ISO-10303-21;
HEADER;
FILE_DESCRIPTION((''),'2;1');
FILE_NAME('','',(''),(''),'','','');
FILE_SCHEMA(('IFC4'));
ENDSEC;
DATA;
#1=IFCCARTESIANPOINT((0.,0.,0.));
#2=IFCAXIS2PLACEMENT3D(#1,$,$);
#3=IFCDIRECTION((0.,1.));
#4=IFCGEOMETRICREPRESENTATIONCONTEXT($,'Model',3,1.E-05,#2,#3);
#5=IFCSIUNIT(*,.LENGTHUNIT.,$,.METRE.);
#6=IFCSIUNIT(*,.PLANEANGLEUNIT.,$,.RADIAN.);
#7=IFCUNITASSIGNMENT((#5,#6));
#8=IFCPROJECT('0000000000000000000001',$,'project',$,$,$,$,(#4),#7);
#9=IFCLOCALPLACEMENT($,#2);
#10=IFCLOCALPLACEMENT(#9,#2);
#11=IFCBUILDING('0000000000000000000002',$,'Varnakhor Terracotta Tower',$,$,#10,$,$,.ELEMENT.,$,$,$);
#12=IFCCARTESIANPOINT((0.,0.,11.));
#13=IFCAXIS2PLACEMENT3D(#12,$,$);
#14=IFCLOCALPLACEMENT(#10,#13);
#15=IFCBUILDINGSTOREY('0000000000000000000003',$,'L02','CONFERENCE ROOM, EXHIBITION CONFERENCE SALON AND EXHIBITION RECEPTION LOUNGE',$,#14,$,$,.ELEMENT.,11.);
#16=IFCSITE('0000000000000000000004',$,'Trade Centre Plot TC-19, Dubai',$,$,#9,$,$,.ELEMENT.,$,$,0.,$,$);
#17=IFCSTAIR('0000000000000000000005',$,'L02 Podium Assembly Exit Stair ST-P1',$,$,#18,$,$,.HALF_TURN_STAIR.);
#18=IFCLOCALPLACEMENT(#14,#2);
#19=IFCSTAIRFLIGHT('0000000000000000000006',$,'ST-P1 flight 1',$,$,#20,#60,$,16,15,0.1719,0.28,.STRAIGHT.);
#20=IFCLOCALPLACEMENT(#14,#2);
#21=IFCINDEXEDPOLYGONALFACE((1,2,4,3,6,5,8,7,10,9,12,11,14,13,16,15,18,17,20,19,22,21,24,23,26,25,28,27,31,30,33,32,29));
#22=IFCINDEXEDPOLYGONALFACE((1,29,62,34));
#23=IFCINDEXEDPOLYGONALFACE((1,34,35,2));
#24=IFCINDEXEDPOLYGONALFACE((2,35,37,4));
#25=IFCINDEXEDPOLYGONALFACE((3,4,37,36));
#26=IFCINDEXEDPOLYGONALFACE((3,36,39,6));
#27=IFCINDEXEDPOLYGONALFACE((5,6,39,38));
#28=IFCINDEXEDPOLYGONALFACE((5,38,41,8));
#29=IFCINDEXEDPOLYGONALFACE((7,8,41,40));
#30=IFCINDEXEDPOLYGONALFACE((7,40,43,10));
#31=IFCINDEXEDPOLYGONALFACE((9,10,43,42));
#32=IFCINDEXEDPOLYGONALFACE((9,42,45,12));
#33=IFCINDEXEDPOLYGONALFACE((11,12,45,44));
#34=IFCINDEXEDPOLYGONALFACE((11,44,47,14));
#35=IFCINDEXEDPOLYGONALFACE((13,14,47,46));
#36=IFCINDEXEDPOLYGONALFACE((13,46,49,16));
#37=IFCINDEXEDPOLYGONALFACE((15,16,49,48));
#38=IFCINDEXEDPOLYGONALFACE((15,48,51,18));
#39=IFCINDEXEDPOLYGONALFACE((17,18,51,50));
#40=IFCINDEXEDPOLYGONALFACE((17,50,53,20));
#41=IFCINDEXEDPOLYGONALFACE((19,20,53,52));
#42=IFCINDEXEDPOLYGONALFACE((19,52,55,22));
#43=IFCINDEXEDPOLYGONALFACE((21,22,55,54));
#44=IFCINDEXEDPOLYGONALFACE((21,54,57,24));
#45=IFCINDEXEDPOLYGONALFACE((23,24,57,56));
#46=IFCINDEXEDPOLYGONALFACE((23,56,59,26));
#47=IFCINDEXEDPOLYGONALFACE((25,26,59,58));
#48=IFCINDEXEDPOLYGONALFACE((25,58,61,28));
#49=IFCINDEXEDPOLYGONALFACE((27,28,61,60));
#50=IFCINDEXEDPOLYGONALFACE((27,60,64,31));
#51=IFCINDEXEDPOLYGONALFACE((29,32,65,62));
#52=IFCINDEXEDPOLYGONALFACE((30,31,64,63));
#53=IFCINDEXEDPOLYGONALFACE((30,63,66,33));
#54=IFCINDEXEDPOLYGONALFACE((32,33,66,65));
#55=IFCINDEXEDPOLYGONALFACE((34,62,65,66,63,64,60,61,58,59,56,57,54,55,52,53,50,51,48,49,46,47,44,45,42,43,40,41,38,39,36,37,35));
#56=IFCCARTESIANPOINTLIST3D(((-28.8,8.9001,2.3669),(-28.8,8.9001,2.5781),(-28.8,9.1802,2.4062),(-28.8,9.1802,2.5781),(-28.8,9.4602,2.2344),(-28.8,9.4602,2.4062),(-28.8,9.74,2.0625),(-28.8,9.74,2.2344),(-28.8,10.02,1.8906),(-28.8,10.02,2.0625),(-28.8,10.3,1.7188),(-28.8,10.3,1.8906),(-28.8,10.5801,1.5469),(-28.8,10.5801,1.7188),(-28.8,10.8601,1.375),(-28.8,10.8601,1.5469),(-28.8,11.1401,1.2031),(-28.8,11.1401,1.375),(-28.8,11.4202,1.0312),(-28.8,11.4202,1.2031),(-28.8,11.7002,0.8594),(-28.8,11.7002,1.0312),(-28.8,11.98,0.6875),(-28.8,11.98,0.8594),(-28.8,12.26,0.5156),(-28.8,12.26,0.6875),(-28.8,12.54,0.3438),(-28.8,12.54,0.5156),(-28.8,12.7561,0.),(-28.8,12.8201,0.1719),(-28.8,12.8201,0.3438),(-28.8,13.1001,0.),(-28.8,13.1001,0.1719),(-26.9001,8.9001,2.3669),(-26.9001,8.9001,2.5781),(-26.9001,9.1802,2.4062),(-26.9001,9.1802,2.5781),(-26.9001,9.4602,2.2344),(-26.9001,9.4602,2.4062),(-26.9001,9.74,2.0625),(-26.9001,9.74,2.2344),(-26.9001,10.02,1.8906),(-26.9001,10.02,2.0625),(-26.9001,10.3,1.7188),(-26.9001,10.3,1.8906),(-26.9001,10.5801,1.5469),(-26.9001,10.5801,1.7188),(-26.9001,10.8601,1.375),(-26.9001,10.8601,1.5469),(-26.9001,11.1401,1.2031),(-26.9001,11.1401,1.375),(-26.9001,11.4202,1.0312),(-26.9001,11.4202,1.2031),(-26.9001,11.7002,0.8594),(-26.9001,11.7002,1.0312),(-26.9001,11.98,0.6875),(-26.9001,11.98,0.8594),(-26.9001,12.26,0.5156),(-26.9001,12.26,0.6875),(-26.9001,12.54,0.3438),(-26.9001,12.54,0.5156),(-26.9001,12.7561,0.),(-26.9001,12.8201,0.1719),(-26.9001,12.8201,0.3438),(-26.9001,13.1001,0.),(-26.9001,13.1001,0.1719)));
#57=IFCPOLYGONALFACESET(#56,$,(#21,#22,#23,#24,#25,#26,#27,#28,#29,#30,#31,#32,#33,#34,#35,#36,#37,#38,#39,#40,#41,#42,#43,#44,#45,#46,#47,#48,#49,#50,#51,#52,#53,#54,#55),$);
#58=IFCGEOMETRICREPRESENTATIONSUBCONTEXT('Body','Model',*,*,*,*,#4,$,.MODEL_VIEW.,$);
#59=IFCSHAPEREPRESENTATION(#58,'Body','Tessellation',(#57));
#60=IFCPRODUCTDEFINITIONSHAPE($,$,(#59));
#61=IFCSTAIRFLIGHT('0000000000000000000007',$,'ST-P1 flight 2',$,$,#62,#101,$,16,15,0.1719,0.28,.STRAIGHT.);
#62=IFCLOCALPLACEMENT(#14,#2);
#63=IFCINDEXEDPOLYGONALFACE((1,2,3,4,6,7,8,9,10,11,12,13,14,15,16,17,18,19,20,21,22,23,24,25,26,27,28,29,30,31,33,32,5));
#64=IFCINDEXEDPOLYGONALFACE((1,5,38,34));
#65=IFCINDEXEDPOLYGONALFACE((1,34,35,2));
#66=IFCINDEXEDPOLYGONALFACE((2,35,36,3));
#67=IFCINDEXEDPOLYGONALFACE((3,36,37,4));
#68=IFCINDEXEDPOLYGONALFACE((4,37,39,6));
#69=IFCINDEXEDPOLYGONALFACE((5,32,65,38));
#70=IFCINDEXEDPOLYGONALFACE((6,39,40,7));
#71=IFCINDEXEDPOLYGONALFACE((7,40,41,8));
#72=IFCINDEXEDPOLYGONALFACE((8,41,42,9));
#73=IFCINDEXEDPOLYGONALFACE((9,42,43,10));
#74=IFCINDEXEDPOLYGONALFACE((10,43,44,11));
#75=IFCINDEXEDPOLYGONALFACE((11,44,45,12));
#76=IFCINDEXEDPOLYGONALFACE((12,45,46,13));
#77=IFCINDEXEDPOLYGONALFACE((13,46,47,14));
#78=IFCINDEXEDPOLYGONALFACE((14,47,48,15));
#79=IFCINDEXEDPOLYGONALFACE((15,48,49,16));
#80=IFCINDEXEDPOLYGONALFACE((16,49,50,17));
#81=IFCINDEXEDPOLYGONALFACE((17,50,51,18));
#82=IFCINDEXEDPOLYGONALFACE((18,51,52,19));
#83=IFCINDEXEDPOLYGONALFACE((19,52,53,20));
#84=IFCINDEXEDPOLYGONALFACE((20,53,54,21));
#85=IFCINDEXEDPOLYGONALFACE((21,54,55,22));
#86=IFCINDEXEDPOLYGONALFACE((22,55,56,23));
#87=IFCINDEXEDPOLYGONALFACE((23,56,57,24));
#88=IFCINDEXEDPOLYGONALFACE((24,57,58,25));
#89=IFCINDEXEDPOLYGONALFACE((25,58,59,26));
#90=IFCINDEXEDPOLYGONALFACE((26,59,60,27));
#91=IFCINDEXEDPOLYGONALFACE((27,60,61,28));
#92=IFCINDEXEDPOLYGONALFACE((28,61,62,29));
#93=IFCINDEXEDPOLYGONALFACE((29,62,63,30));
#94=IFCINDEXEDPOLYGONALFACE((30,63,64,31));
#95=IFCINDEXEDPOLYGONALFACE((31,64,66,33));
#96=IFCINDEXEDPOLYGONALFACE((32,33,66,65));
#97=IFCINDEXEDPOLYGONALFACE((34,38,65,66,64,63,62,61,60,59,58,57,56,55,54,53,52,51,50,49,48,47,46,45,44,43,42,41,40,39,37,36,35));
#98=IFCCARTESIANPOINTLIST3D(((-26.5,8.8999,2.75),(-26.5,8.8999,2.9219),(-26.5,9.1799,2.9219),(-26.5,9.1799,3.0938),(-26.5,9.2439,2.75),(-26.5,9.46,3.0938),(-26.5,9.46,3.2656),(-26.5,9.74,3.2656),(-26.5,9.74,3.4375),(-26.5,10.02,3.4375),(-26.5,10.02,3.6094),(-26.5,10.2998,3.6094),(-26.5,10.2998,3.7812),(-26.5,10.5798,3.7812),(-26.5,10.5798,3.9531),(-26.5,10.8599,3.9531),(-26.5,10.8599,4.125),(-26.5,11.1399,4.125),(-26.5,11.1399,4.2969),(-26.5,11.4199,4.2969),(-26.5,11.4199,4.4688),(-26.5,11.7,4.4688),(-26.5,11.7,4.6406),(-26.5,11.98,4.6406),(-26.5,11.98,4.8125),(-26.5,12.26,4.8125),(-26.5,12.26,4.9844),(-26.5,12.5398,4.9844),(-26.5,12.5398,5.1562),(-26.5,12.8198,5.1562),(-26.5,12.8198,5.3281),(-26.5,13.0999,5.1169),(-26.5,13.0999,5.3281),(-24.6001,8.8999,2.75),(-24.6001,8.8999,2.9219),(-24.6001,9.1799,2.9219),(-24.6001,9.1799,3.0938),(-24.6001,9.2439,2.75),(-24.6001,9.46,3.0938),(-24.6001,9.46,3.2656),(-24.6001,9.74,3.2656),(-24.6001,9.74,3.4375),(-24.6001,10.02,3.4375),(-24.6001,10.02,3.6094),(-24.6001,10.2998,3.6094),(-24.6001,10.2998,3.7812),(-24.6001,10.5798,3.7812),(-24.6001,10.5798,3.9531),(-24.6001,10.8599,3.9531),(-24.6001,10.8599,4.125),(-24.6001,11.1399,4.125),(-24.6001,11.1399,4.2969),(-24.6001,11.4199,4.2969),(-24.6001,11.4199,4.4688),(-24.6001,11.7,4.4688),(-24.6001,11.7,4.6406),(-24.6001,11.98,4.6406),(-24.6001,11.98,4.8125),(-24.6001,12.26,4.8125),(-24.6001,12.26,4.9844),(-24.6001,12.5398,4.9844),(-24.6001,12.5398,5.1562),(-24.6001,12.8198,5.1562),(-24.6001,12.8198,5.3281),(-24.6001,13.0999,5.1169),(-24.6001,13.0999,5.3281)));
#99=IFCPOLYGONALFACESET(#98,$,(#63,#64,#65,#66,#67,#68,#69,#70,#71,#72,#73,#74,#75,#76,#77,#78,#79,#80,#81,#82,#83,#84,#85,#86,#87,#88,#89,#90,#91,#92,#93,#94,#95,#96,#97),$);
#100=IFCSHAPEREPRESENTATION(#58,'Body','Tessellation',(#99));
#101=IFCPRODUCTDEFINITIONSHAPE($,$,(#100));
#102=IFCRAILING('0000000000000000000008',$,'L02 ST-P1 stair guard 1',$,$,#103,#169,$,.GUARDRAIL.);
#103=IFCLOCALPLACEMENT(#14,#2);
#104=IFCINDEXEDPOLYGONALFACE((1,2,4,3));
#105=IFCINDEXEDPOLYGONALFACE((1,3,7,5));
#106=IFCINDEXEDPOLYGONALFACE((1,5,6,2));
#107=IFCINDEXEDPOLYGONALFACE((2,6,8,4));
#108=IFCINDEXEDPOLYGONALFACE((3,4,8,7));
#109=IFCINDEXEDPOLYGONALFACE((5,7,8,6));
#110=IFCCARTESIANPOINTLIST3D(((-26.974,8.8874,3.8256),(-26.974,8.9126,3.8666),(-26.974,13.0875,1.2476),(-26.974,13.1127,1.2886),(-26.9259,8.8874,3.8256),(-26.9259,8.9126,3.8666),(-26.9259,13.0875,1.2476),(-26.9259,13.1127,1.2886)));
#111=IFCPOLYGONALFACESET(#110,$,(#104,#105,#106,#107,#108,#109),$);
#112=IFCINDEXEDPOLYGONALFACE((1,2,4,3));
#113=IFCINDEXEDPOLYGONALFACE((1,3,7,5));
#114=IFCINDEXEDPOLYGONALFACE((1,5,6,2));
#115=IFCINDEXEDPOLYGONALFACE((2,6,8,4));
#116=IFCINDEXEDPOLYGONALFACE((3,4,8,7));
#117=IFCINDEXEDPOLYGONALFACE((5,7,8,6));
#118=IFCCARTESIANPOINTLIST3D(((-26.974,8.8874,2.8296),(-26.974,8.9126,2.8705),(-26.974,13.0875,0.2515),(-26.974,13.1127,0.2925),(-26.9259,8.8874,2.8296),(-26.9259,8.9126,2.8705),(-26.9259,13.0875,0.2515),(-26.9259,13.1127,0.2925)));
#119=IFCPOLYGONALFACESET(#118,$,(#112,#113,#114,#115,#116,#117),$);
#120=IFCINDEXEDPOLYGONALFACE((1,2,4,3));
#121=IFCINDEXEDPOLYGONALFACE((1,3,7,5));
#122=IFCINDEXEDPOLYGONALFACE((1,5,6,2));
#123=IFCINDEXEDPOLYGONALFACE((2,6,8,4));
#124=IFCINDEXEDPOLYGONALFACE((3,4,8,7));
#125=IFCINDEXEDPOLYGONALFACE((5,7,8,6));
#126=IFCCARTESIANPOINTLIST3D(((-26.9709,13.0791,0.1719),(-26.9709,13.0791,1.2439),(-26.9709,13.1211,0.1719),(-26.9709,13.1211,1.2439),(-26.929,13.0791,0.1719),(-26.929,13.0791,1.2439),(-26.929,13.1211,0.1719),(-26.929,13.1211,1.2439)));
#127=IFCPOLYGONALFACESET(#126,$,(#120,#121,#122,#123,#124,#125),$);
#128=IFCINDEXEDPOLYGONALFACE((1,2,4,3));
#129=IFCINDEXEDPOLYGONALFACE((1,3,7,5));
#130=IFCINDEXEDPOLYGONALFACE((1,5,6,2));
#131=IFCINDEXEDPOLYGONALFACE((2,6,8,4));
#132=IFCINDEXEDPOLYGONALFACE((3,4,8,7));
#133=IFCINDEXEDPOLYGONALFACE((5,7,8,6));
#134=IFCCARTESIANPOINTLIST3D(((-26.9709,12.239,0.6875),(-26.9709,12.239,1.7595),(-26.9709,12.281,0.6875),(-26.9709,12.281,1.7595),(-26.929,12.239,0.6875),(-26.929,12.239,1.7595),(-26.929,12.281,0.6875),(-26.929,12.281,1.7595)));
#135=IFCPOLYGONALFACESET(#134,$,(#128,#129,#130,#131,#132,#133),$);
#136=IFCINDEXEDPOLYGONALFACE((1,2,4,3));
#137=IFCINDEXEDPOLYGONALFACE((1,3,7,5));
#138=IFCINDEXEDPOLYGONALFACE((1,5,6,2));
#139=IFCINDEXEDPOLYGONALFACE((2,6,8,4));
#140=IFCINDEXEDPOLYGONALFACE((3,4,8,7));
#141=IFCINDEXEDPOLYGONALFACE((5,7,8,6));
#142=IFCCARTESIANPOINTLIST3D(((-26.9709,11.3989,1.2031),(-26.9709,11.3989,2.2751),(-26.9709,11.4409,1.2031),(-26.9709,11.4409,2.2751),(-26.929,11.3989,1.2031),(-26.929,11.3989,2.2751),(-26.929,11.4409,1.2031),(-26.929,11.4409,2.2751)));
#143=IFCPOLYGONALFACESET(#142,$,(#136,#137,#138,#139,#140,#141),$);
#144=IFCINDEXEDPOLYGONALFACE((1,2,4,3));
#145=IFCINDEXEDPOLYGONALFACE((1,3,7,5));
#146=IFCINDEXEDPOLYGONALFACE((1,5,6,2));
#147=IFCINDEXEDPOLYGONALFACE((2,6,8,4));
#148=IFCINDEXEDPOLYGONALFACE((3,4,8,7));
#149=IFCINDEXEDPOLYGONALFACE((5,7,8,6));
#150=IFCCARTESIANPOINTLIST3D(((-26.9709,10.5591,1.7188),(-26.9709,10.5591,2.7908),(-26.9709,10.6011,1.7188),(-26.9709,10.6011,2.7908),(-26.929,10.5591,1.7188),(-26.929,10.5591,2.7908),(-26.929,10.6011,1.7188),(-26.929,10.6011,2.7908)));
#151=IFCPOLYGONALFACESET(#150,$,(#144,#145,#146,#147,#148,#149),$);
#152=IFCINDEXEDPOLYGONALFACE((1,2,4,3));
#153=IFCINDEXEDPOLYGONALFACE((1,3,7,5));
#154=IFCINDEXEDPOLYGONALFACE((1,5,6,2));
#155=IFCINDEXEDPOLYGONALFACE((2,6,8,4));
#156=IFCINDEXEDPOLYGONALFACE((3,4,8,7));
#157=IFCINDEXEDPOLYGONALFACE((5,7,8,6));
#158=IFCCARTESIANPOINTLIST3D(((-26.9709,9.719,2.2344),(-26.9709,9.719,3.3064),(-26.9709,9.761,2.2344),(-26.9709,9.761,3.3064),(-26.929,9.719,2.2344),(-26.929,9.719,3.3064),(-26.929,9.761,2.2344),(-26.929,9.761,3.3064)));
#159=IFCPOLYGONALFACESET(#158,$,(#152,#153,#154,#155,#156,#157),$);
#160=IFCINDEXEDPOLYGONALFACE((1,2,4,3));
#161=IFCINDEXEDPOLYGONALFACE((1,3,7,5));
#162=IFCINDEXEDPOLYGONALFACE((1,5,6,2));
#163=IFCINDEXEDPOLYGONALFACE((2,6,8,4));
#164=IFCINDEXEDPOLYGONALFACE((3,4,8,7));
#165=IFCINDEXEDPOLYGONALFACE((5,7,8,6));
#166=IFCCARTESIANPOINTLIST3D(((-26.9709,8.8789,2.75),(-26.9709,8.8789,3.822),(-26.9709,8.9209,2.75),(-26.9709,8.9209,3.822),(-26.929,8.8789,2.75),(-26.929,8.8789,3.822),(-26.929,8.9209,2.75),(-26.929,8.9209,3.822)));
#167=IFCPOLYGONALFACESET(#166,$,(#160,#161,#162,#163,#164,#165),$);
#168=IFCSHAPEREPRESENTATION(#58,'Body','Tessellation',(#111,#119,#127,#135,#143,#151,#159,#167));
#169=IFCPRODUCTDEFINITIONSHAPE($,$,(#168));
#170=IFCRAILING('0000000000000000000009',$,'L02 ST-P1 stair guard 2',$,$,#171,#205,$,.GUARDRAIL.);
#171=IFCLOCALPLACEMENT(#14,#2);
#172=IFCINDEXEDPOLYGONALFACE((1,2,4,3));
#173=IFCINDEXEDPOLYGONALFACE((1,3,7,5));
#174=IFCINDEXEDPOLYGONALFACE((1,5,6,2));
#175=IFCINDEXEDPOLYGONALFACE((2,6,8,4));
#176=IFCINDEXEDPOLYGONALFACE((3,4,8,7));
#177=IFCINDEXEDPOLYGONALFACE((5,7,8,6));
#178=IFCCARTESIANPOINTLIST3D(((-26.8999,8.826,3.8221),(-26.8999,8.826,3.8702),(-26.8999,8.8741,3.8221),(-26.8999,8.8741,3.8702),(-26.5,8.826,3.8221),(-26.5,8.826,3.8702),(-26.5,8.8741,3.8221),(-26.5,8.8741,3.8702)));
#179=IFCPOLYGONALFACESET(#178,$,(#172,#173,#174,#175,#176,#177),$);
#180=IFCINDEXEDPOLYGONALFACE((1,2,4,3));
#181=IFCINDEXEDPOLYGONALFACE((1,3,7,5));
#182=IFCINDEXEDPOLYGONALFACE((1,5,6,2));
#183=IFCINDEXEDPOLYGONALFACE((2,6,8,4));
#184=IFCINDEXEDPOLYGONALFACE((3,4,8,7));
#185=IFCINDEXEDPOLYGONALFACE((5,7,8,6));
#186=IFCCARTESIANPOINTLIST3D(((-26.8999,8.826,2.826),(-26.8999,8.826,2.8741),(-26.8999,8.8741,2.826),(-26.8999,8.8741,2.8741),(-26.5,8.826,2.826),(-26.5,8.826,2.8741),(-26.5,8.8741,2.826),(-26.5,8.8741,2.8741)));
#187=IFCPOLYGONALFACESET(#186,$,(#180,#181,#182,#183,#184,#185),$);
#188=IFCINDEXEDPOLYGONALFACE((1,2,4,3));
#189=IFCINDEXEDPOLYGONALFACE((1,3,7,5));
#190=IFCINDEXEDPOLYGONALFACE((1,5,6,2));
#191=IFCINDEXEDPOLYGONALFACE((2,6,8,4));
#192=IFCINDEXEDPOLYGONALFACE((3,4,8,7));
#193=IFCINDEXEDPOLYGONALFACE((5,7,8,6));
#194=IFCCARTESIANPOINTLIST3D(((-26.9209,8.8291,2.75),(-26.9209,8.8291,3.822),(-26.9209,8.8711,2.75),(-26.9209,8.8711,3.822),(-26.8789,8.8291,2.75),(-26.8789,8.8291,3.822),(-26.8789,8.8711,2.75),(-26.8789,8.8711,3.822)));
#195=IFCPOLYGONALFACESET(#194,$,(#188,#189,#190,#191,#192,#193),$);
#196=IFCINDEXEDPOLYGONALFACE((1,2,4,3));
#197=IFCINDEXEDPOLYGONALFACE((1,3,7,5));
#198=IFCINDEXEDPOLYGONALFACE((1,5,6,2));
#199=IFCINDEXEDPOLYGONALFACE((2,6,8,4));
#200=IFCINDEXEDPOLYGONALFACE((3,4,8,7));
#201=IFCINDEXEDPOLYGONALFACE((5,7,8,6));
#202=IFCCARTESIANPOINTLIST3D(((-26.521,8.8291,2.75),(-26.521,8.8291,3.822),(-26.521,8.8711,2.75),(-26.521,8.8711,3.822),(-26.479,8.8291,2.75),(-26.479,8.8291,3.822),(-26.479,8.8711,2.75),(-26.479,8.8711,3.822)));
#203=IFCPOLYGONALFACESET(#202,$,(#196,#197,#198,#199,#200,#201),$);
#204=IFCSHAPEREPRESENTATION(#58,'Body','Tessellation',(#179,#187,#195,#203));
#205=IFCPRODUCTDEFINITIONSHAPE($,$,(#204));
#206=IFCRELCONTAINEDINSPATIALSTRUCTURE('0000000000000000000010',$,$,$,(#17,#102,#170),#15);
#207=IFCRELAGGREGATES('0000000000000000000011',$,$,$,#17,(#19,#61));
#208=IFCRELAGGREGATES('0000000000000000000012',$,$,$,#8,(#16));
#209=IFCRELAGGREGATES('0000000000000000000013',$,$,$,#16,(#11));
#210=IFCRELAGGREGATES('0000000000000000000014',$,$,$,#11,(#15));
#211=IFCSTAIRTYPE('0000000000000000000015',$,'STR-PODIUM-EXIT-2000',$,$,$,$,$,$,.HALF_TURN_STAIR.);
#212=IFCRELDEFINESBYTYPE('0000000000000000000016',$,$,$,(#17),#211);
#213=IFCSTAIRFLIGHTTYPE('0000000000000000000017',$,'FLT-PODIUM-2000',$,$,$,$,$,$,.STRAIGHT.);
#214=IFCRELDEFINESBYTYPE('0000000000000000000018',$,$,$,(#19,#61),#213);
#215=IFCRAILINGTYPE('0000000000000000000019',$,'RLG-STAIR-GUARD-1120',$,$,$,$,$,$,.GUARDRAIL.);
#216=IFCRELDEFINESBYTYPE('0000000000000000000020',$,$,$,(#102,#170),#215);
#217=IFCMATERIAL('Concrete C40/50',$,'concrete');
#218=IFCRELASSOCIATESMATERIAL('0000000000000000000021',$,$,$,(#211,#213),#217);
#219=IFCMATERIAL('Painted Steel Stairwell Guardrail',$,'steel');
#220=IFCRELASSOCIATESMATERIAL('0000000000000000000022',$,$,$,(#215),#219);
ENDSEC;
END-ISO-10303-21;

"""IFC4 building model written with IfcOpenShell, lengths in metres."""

from ifc_helpers import new_model, si_unit, direction, frame, origin, origin_2d, place, context, subcontext, project, spatial, polyline, rectangle, outline, extrude, material, type_object, element, aggregate, save


model = new_model("IFC4")

# Units and contexts
model_context = context("Model", 3, precision=1e-05, world=origin(), true_north=direction((0.0, 1.0)))
body_context = subcontext(model_context, "Body", "Model", "MODEL_VIEW")
ifc_project = project(units=[si_unit("LENGTHUNIT", "METRE"), si_unit("PLANEANGLEUNIT", "RADIAN")], contexts=[model_context])

# Site, building, storey
site_placement = place(None, origin())
site = spatial("IfcSite", under=ifc_project, at=site_placement, Name="Trade Centre Plot TC-19, Dubai", CompositionType="ELEMENT", RefElevation=0.0)
building_placement = place(site_placement, origin())
building = spatial("IfcBuilding", under=site, at=building_placement, Name="Varnakhor Terracotta Tower", CompositionType="ELEMENT")
storey_placement = place(building_placement, frame((0.0, 0.0, 11.0)))
storey = spatial("IfcBuildingStorey", under=building, at=storey_placement, Name="L02", Description="CONFERENCE ROOM, EXHIBITION CONFERENCE SALON AND EXHIBITION RECEPTION LOUNGE", CompositionType="ELEMENT", Elevation=11.0)

# Shared definitions
ifc_material_1 = material(Name="Concrete C40/50", Category="concrete")

# Stair, stair flights
stair_type = type_object("IfcStairType", Name="STR-PODIUM-EXIT-2000", PredefinedType="HALF_TURN_STAIR", material=ifc_material_1)
stair_placement = place(storey_placement, origin())
stair = element("IfcStair", 1, at=stair_placement, inside=storey, type_object=stair_type, Name="L02 Podium Assembly Exit Stair ST-P1", PredefinedType="HALF_TURN_STAIR")
stair_flight_type = type_object("IfcStairFlightType", Name="FLT-PODIUM-2000", PredefinedType="STRAIGHT", material=ifc_material_1)
stair_flight_1_placement = place(storey_placement, frame((-27.8501, 13.1001, 0.0), z_axis=(0.0, 0.0, 1.0), x_axis=(0.0, -1.0, 0.0)))
stair_flight_1 = element("IfcStairFlight", 2, at=stair_flight_1_placement, type_object=stair_flight_type, Name="ST-P1 flight 1", NumberOfRisers=16, NumberOfTreads=15, PredefinedType="STRAIGHT", RiserHeight=0.1719, TreadLength=0.28, context=body_context, shape_type="SweptSolid", body=[
    extrude(outline(polyline([(0.0, 0.0), (0.0, 0.1719), (0.28, 0.1719), (0.28, 0.3438), (0.5601, 0.3438), (0.5601, 0.5156), (0.8401, 0.5156), (0.8401, 0.6875), (1.1201, 0.6875), (1.1201, 0.8594), (1.3999, 0.8594), (1.3999, 1.0312), (1.6799, 1.0312), (1.6799, 1.2031), (1.96, 1.2031), (1.96, 1.375), (2.24, 1.375), (2.24, 1.5469), (2.52, 1.5469), (2.52, 1.7188), (2.8, 1.7188), (2.8, 1.8906), (3.0801, 1.8906), (3.0801, 2.0625), (3.3601, 2.0625), (3.3601, 2.2344), (3.6399, 2.2344), (3.6399, 2.4062), (3.9199, 2.4062), (3.9199, 2.5781), (4.2, 2.5781), (4.2, 2.75), (4.2, 2.3669), (0.344, 0.0), (0.0, 0.0)])), frame((0.0, 0.95, 0.0), z_axis=(0.0, -1.0, 0.0), x_axis=(1.0, 0.0, 0.0)), (0.0, 0.0, 1.0), 1.8999),
])
stair_flight_2_placement = place(storey_placement, frame((-25.55, 8.8999, 2.75), z_axis=(0.0, 0.0, 1.0), x_axis=(0.0, 1.0, 0.0)))
stair_flight_2 = element("IfcStairFlight", 3, at=stair_flight_2_placement, type_object=stair_flight_type, Name="ST-P1 flight 2", NumberOfRisers=16, NumberOfTreads=15, PredefinedType="STRAIGHT", RiserHeight=0.1719, TreadLength=0.28, context=body_context, shape_type="SweptSolid", body=[
    extrude(outline(polyline([(0.0, 0.0), (0.0, 0.1719), (0.28, 0.1719), (0.28, 0.3438), (0.5601, 0.3438), (0.5601, 0.5156), (0.8401, 0.5156), (0.8401, 0.6875), (1.1201, 0.6875), (1.1201, 0.8594), (1.3999, 0.8594), (1.3999, 1.0312), (1.6799, 1.0312), (1.6799, 1.2031), (1.96, 1.2031), (1.96, 1.375), (2.24, 1.375), (2.24, 1.5469), (2.52, 1.5469), (2.52, 1.7188), (2.8, 1.7188), (2.8, 1.8906), (3.0801, 1.8906), (3.0801, 2.0625), (3.3601, 2.0625), (3.3601, 2.2344), (3.6399, 2.2344), (3.6399, 2.4062), (3.9199, 2.4062), (3.9199, 2.5781), (4.2, 2.5781), (4.2, 2.75), (4.2, 2.3669), (0.344, 0.0), (0.0, 0.0)])), frame((0.0, 0.95, 0.0), z_axis=(0.0, -1.0, 0.0), x_axis=(1.0, 0.0, 0.0)), (0.0, 0.0, 1.0), 1.8999),
])
aggregate(stair, [stair_flight_1, stair_flight_2])

# Railings
ifc_material_2 = material(Name="Painted Steel Stairwell Guardrail", Category="steel")
railing_type_1 = type_object("IfcRailingType", Name="RLG-STAIR-GUARD-1120", PredefinedType="GUARDRAIL", material=ifc_material_2)
railing_1_placement = place(storey_placement, frame((-26.95, 13.1001, 0.1719)))
element("IfcRailing", 4, at=railing_1_placement, inside=storey, type_object=railing_type_1, Name="L02 ST-P1 stair guard 1", PredefinedType="GUARDRAIL", context=body_context, shape_type="SweptSolid", body=[
    extrude(rectangle(XDim=0.0481, YDim=0.0481, at=origin_2d()), frame((0.0, 0.0, 1.0962), z_axis=(0.0, -0.852256, 0.523124), x_axis=(1.0, 0.0, 0.0)), (0.0, 0.0, 1.0), 4.9282),
    extrude(rectangle(XDim=0.0481, YDim=0.0481, at=origin_2d()), frame((0.0, 0.0, 0.1001), z_axis=(0.0, -0.852256, 0.523124), x_axis=(1.0, 0.0, 0.0)), (0.0, 0.0, 1.0), 4.9282),
    extrude(rectangle(XDim=0.042, YDim=0.042, at=origin_2d()), origin(), (0.0, 0.0, 1.0), 1.072),
    extrude(rectangle(XDim=0.042, YDim=0.042, at=origin_2d()), frame((0.0, -0.8401, 0.5156)), (0.0, 0.0, 1.0), 1.072),
    extrude(rectangle(XDim=0.042, YDim=0.042, at=origin_2d()), frame((0.0, -1.6802, 1.0312)), (0.0, 0.0, 1.0), 1.072),
    extrude(rectangle(XDim=0.042, YDim=0.042, at=origin_2d()), frame((0.0, -2.52, 1.5469)), (0.0, 0.0, 1.0), 1.072),
    extrude(rectangle(XDim=0.042, YDim=0.042, at=origin_2d()), frame((0.0, -3.3601, 2.0625)), (0.0, 0.0, 1.0), 1.072),
    extrude(rectangle(XDim=0.042, YDim=0.042, at=origin_2d()), frame((0.0, -4.2002, 2.5781)), (0.0, 0.0, 1.0), 1.072),
])
railing_2_placement = place(storey_placement, frame((-26.8999, 8.8501, 2.75)))
element("IfcRailing", 5, at=railing_2_placement, inside=storey, type_object=railing_type_1, Name="L02 ST-P1 stair guard 2", PredefinedType="GUARDRAIL", context=body_context, shape_type="SweptSolid", body=[
    extrude(rectangle(XDim=0.0481, YDim=0.0481, at=origin_2d()), frame((0.0, 0.0, 1.0962), z_axis=(1.0, 0.0, 0.0), x_axis=(0.0, 1.0, 0.0)), (0.0, 0.0, 1.0), 0.3999),
    extrude(rectangle(XDim=0.0481, YDim=0.0481, at=origin_2d()), frame((0.0, 0.0, 0.1001), z_axis=(1.0, 0.0, 0.0), x_axis=(0.0, 1.0, 0.0)), (0.0, 0.0, 1.0), 0.3999),
    extrude(rectangle(XDim=0.042, YDim=0.042, at=origin_2d()), origin(), (0.0, 0.0, 1.0), 1.072),
    extrude(rectangle(XDim=0.042, YDim=0.042, at=origin_2d()), frame((0.3999, 0.0, 0.0)), (0.0, 0.0, 1.0), 1.072),
])

save(model, "model.ifc")
